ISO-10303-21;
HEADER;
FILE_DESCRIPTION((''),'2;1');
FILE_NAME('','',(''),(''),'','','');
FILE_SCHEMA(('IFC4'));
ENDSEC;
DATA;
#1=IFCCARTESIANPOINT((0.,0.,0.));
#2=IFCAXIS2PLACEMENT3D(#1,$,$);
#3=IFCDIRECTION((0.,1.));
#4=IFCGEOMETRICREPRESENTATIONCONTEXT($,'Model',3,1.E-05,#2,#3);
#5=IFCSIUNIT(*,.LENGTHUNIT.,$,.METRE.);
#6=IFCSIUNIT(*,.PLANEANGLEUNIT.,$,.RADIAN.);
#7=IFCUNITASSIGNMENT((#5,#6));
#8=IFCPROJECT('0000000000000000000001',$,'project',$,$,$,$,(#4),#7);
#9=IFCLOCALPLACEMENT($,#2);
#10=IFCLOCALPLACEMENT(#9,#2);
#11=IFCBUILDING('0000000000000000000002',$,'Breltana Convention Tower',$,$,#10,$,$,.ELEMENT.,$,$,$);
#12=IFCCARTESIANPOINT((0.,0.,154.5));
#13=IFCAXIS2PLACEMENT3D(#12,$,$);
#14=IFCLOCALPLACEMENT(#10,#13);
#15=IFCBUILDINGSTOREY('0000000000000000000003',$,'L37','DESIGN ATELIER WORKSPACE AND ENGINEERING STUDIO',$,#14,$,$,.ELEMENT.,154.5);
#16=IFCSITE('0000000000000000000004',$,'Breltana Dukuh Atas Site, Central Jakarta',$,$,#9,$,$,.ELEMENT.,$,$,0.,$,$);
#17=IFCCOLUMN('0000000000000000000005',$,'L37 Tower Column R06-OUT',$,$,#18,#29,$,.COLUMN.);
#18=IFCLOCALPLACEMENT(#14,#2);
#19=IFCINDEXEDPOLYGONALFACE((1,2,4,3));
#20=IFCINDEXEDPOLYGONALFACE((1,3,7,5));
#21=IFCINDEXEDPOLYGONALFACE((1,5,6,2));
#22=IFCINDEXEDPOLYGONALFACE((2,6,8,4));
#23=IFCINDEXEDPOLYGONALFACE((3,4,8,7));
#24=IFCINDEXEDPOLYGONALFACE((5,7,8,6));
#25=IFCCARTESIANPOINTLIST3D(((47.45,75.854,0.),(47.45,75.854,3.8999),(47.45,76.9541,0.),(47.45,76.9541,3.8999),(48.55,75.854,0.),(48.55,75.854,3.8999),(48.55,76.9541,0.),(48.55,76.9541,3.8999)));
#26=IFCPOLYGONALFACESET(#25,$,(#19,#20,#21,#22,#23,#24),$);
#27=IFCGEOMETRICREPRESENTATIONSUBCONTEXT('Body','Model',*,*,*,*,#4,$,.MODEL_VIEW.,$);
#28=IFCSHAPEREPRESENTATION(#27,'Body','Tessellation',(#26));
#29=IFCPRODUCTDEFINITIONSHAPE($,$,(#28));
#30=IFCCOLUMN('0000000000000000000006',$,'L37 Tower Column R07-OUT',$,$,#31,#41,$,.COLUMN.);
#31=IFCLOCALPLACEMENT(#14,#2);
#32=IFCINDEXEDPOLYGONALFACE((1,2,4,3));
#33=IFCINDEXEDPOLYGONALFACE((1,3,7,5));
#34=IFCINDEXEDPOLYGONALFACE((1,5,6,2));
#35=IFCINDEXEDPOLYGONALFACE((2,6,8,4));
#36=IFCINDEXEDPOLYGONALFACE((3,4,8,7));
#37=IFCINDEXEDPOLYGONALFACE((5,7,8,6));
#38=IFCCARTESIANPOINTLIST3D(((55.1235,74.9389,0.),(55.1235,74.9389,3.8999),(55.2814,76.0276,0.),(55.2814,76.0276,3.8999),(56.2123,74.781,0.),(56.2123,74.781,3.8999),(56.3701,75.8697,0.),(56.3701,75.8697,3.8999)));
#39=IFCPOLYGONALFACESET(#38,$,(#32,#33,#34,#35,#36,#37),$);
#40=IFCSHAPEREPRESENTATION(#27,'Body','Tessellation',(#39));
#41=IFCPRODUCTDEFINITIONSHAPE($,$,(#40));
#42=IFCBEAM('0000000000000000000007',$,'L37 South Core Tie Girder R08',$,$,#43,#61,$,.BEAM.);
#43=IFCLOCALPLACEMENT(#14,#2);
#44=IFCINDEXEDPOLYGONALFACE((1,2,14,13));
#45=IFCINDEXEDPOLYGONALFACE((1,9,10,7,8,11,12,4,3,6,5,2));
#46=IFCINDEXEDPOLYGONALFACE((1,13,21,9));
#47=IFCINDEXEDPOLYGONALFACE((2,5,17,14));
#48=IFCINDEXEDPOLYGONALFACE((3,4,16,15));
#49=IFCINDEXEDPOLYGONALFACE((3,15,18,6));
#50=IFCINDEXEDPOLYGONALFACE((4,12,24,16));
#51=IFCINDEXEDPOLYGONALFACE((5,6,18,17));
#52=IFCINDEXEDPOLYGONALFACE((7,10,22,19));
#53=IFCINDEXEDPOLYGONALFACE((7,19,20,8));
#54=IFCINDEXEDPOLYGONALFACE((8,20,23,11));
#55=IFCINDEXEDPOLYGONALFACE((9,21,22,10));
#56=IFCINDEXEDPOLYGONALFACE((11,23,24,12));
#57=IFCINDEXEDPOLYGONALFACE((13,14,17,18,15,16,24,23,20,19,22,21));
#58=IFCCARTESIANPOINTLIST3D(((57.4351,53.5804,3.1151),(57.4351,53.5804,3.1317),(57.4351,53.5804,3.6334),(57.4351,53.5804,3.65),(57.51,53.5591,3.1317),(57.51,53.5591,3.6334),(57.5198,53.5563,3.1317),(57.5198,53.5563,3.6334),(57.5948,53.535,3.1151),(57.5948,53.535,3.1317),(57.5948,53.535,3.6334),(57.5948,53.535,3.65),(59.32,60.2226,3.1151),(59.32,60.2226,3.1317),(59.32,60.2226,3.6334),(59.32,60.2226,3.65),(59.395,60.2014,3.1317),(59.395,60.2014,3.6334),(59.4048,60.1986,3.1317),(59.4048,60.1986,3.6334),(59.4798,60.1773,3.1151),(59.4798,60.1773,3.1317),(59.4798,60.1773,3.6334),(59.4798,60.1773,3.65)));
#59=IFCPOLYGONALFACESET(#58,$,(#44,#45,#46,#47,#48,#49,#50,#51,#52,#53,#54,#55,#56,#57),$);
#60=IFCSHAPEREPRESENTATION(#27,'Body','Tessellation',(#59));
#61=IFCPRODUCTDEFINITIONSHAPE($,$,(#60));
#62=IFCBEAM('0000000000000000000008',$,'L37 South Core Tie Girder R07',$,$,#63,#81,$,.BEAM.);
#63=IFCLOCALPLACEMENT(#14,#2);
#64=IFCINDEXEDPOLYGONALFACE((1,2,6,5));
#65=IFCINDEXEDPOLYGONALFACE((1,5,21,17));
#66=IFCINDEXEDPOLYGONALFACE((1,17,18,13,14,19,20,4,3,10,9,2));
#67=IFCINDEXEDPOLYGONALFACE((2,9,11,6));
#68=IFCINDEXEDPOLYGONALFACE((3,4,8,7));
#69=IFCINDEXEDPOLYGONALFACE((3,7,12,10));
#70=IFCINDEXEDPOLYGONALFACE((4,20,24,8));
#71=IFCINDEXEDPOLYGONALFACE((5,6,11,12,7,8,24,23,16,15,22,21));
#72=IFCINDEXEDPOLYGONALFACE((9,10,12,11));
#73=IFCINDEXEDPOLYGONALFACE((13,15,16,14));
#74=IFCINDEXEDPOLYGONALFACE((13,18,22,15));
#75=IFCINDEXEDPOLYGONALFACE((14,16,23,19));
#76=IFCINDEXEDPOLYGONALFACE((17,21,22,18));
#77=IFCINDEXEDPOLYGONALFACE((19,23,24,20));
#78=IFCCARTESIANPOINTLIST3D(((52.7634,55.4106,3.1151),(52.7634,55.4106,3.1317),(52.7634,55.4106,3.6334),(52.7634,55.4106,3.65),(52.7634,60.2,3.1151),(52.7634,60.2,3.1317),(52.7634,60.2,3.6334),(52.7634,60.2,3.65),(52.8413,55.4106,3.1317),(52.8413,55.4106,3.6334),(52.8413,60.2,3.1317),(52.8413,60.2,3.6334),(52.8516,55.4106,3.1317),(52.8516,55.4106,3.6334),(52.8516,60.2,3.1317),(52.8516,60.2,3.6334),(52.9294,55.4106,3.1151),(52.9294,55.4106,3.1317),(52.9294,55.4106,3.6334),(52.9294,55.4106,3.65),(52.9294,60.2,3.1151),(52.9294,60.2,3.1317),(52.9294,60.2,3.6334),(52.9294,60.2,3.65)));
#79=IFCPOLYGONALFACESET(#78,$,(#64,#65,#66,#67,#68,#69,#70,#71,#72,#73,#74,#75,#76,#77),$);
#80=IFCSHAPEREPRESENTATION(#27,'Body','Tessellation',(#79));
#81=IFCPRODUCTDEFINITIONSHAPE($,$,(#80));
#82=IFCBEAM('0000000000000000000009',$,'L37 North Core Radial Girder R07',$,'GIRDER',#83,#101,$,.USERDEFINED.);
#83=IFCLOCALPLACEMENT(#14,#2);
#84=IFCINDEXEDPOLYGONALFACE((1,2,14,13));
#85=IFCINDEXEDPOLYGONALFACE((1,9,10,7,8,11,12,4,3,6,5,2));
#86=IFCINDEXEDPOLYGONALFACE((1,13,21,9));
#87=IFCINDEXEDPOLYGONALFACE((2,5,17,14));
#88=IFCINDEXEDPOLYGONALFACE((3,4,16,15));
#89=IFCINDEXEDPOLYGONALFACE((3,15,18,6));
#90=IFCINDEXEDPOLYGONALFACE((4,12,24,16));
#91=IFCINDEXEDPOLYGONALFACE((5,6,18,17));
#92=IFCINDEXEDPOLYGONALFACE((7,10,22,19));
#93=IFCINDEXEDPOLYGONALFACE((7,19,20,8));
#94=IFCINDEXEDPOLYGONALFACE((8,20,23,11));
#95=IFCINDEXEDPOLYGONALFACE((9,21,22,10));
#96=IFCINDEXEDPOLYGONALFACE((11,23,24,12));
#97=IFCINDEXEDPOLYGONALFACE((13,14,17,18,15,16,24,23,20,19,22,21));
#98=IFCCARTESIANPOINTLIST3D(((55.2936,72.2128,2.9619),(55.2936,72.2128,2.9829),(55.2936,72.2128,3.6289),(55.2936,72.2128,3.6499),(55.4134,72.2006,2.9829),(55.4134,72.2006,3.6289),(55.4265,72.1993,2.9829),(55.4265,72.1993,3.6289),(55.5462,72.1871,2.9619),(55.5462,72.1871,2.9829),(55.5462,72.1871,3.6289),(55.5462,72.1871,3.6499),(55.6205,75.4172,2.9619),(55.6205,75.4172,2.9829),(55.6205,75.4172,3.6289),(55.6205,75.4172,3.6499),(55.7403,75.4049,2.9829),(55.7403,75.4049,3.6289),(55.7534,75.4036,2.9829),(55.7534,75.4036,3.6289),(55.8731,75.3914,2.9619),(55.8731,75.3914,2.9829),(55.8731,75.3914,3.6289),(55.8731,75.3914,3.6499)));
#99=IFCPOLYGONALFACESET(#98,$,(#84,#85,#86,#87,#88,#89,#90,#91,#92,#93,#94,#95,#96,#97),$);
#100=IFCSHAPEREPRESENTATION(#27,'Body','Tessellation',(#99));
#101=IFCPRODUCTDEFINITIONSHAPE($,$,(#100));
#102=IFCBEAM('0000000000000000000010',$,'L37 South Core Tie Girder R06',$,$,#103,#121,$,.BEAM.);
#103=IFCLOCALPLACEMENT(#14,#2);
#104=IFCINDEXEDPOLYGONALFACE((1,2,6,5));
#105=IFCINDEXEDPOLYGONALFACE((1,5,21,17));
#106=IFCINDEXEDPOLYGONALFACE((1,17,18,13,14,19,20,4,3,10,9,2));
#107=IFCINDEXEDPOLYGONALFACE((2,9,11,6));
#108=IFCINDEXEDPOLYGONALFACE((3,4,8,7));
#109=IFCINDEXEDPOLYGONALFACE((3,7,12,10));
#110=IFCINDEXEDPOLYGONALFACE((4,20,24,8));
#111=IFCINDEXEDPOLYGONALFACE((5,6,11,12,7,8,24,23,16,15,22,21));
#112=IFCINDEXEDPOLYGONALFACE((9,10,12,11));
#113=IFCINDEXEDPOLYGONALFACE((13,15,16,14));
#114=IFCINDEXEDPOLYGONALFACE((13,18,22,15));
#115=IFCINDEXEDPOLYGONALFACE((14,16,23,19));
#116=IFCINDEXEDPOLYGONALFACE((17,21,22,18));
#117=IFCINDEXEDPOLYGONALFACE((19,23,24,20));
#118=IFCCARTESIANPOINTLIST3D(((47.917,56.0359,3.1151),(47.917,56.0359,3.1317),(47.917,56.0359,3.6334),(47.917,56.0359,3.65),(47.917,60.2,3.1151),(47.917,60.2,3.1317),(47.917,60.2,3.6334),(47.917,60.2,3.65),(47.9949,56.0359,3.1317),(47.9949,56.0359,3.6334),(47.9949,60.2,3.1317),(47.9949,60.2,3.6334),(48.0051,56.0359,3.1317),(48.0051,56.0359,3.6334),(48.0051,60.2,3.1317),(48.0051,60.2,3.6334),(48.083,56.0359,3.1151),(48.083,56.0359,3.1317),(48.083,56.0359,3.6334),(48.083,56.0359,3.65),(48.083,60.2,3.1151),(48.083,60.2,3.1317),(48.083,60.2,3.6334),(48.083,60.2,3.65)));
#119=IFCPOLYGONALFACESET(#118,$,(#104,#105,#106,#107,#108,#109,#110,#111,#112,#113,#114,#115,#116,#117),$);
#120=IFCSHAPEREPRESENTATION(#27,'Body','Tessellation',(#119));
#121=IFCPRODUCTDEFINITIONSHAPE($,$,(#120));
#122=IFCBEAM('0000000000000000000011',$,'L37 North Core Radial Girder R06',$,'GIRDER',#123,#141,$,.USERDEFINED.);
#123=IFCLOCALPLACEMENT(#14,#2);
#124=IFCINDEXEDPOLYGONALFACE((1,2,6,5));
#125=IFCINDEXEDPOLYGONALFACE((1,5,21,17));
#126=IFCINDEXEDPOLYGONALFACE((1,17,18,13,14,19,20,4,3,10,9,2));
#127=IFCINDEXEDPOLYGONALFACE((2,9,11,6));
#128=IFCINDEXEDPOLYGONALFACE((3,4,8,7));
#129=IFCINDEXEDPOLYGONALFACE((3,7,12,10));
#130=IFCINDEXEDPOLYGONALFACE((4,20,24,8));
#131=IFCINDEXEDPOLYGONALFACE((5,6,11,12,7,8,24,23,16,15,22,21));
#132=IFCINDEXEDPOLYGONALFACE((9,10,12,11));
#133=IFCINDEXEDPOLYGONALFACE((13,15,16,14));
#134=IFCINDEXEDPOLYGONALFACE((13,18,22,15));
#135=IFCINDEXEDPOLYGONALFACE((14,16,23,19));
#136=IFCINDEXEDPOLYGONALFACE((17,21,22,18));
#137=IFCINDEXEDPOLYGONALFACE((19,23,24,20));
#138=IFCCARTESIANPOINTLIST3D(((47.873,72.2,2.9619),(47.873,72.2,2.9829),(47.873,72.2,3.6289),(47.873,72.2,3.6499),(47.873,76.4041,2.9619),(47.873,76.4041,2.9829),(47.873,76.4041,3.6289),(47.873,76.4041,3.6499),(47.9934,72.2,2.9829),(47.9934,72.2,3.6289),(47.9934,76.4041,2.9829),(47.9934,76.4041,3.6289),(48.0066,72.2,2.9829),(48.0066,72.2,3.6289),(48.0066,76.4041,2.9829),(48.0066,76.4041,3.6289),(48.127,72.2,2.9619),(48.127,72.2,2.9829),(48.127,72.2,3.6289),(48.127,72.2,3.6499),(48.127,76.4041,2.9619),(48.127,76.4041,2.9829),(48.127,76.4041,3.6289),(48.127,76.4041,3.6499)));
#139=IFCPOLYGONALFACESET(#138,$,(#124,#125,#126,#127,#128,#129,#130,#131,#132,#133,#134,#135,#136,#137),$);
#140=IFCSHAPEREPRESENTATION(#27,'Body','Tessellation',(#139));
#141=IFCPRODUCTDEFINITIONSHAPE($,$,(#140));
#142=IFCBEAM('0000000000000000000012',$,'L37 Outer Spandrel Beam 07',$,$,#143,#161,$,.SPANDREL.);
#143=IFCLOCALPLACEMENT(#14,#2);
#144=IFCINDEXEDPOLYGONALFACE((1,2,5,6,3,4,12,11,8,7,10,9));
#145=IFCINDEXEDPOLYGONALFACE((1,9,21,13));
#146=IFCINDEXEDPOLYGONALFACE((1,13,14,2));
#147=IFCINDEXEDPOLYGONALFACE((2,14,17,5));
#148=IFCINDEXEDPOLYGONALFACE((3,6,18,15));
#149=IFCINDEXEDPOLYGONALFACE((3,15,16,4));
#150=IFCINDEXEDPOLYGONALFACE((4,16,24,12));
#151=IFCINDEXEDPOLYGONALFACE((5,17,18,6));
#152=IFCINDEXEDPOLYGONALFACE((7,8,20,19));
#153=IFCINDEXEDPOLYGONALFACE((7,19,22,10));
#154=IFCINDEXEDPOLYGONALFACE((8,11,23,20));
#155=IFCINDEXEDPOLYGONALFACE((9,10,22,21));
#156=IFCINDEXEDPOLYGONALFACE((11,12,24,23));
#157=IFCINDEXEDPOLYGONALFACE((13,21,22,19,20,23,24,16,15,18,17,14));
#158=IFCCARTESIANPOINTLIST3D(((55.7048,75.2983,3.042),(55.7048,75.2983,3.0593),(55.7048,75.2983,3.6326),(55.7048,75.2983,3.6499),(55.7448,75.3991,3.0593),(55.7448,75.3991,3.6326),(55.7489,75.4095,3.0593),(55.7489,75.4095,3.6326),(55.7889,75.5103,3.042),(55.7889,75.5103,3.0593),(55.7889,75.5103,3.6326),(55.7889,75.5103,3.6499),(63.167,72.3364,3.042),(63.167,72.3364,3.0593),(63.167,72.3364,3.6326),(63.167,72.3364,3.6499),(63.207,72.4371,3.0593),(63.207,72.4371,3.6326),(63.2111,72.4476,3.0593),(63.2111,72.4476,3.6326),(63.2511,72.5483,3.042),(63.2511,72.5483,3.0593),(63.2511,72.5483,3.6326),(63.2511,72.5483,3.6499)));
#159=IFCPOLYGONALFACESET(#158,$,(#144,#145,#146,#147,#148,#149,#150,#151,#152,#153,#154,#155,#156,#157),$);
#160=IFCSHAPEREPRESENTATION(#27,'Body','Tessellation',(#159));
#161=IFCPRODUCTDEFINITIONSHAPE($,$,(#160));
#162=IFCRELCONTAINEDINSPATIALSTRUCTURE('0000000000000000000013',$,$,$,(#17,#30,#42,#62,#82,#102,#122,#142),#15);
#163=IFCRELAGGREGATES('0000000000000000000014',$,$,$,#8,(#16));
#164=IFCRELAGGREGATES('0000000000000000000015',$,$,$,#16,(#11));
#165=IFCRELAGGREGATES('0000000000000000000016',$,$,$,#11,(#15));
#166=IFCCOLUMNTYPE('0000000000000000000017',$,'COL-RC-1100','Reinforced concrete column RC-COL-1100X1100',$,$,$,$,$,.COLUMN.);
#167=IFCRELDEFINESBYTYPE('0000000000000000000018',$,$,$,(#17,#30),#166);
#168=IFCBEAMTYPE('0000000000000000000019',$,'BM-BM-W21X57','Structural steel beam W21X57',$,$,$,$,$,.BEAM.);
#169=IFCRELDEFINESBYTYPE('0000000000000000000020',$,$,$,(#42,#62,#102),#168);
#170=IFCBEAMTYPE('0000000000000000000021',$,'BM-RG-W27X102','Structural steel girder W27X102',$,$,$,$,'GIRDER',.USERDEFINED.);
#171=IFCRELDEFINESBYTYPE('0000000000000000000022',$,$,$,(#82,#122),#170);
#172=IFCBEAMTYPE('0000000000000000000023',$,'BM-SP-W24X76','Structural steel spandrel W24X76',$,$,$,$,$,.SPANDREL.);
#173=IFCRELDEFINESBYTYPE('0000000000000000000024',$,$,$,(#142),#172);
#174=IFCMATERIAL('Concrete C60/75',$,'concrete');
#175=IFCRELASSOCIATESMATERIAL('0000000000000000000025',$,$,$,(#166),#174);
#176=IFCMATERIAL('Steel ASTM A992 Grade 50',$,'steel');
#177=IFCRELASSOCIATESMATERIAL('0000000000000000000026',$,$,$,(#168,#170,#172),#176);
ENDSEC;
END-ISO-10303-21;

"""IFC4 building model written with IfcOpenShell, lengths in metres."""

from ifc_helpers import new_model, si_unit, direction, frame, origin, origin_2d, place, context, subcontext, project, spatial, rectangle, i_section, extrude, source, transform, mapped, material, material_profile, profile_set, type_object, type_shapes, element, save


model = new_model("IFC4")

# Units and contexts
model_context = context("Model", 3, precision=1e-05, world=origin(), true_north=direction((0.0, 1.0)))
body_context = subcontext(model_context, "Body", "Model", "MODEL_VIEW")
ifc_project = project(units=[si_unit("LENGTHUNIT", "METRE"), si_unit("PLANEANGLEUNIT", "RADIAN")], contexts=[model_context])

# Site, building, storey
site_placement = place(None, origin())
site = spatial("IfcSite", under=ifc_project, at=site_placement, Name="Breltana Dukuh Atas Site, Central Jakarta", CompositionType="ELEMENT", RefElevation=0.0)
building_placement = place(site_placement, origin())
building = spatial("IfcBuilding", under=site, at=building_placement, Name="Breltana Convention Tower", CompositionType="ELEMENT")
storey_placement = place(building_placement, frame((0.0, 0.0, 154.5)))
storey = spatial("IfcBuildingStorey", under=building, at=storey_placement, Name="L37", Description="DESIGN ATELIER WORKSPACE AND ENGINEERING STUDIO", CompositionType="ELEMENT", Elevation=154.5)

# Columns
ifc_material_1 = material(Name="Concrete C60/75", Category="concrete")
ifc_material_profile_1 = material_profile(ifc_material_1, rectangle(XDim=1.1001, YDim=1.1001, at=origin_2d()), Name="RC-COL-1100X1100")
ifc_profile_set_1 = profile_set([ifc_material_profile_1], Name="Concrete C60/75")
column_type = type_object("IfcColumnType", Name="COL-RC-1100", Description="Reinforced concrete column RC-COL-1100X1100", PredefinedType="COLUMN", material=ifc_profile_set_1)
shared_shape_1 = source(origin(), body_context, "Body", "SweptSolid", [
    extrude(rectangle(XDim=1.1001, YDim=1.1001, at=origin_2d()), origin(), (0.0, 0.0, 1.0), 3.8999),
])
for number, where, z_axis, x_axis, name in (
    (1, (48.0, 76.4041, 0.0), (0.0, 0.0, 1.0), (0.0, 1.0, 0.0), "L37 Tower Column R06-OUT"),
    (2, (55.7468, 75.4043, 0.0), (0.0, 0.0, 1.0), (0.143493, 0.989651, 0.0), "L37 Tower Column R07-OUT"),
):
    element("IfcColumn", number, at=place(storey_placement, frame(where, z_axis=z_axis, x_axis=x_axis)), inside=storey, type_object=column_type, Name=name, PredefinedType="COLUMN", context=body_context, shape_type="MappedRepresentation", body=[
        mapped(shared_shape_1, transform((0.0, 0.0, 0.0), scale=1.0)),
    ])

# Beams
ifc_material_2 = material(Name="Steel ASTM A992 Grade 50", Category="steel")
ifc_material_profile_2 = material_profile(ifc_material_2, i_section(OverallWidth=0.166, OverallDepth=0.5349, WebThickness=0.0103, FlangeThickness=0.0166, at=origin_2d()), Name="W21X57")
ifc_profile_set_2 = profile_set([ifc_material_profile_2], Name="Steel ASTM A992 Grade 50")
beam_type_1 = type_object("IfcBeamType", Name="BM-BM-W21X57", Description="Structural steel beam W21X57", PredefinedType="BEAM", material=ifc_profile_set_2)
shared_shape_2 = source(origin(), body_context, "Body", "SweptSolid", [
    extrude(i_section(OverallWidth=0.166, OverallDepth=0.5349, WebThickness=0.0103, FlangeThickness=0.0166, at=origin_2d()), origin(), (0.0, 0.0, 1.0), 6.9045),
])
type_shapes(beam_type_1, [shared_shape_2])
beam_1_placement = place(storey_placement, frame((59.3999, 60.2, 3.3826), z_axis=(-0.273007, -0.962012, 0.0), x_axis=(0.962012, -0.273007, 0.0)))
element("IfcBeam", 3, at=beam_1_placement, inside=storey, type_object=beam_type_1, Name="L37 South Core Tie Girder R08", PredefinedType="BEAM", context=body_context, shape_type="MappedRepresentation", body=[
    mapped(shared_shape_2, transform((0.0, 0.0, 0.0), scale=1.0)),
])
shared_shape_3 = source(origin(), body_context, "Body", "SweptSolid", [
    extrude(i_section(OverallWidth=0.166, OverallDepth=0.5349, WebThickness=0.0103, FlangeThickness=0.0166, at=origin_2d()), origin(), (0.0, 0.0, 1.0), 4.7893),
])
beam_2_placement = place(storey_placement, frame((52.8464, 60.2, 3.3826), z_axis=(0.0, -1.0, 0.0), x_axis=(1.0, 0.0, 0.0)))
element("IfcBeam", 4, at=beam_2_placement, inside=storey, type_object=beam_type_1, Name="L37 South Core Tie Girder R07", PredefinedType="BEAM", context=body_context, shape_type="MappedRepresentation", body=[
    mapped(shared_shape_3, transform((0.0, 0.0, 0.0), scale=1.0)),
])
ifc_material_profile_3 = material_profile(ifc_material_2, i_section(OverallWidth=0.2539, OverallDepth=0.688, WebThickness=0.0132, FlangeThickness=0.021, at=origin_2d()), Name="W27X102")
ifc_profile_set_3 = profile_set([ifc_material_profile_3], Name="Steel ASTM A992 Grade 50")
beam_type_2 = type_object("IfcBeamType", Name="BM-RG-W27X102", Description="Structural steel girder W27X102", ElementType="GIRDER", PredefinedType="USERDEFINED", material=ifc_profile_set_3)
shared_shape_4 = source(origin(), body_context, "Body", "SweptSolid", [
    extrude(i_section(OverallWidth=0.2539, OverallDepth=0.688, WebThickness=0.0132, FlangeThickness=0.021, at=origin_2d()), origin(), (0.0, 0.0, 1.0), 3.2209),
])
beam_3_placement = place(storey_placement, frame((55.4199, 72.2, 3.3059), z_axis=(0.101492, 0.994836, 0.0), x_axis=(-0.994836, 0.101492, 0.0)))
element("IfcBeam", 5, at=beam_3_placement, inside=storey, type_object=beam_type_2, Name="L37 North Core Radial Girder R07", ObjectType="GIRDER", PredefinedType="USERDEFINED", context=body_context, shape_type="MappedRepresentation", body=[
    mapped(shared_shape_4, transform((0.0, 0.0, 0.0), scale=1.0)),
])
shared_shape_5 = source(origin(), body_context, "Body", "SweptSolid", [
    extrude(i_section(OverallWidth=0.166, OverallDepth=0.5349, WebThickness=0.0103, FlangeThickness=0.0166, at=origin_2d()), origin(), (0.0, 0.0, 1.0), 4.1641),
])
beam_4_placement = place(storey_placement, frame((48.0, 60.2, 3.3826), z_axis=(0.0, -1.0, 0.0), x_axis=(1.0, 0.0, 0.0)))
element("IfcBeam", 6, at=beam_4_placement, inside=storey, type_object=beam_type_1, Name="L37 South Core Tie Girder R06", PredefinedType="BEAM", context=body_context, shape_type="MappedRepresentation", body=[
    mapped(shared_shape_5, transform((0.0, 0.0, 0.0), scale=1.0)),
])
shared_shape_6 = source(origin(), body_context, "Body", "SweptSolid", [
    extrude(i_section(OverallWidth=0.2539, OverallDepth=0.688, WebThickness=0.0132, FlangeThickness=0.021, at=origin_2d()), origin(), (0.0, 0.0, 1.0), 4.2041),
])
beam_5_placement = place(storey_placement, frame((48.0, 72.2, 3.3059), z_axis=(0.0, 1.0, 0.0), x_axis=(-1.0, 0.0, 0.0)))
element("IfcBeam", 7, at=beam_5_placement, inside=storey, type_object=beam_type_2, Name="L37 North Core Radial Girder R06", ObjectType="GIRDER", PredefinedType="USERDEFINED", context=body_context, shape_type="MappedRepresentation", body=[
    mapped(shared_shape_6, transform((0.0, 0.0, 0.0), scale=1.0)),
])
ifc_material_profile_4 = material_profile(ifc_material_2, i_section(OverallWidth=0.228, OverallDepth=0.6079, WebThickness=0.0112, FlangeThickness=0.0173, at=origin_2d()), Name="W24X76")
ifc_profile_set_4 = profile_set([ifc_material_profile_4], Name="Steel ASTM A992 Grade 50")
beam_type_3 = type_object("IfcBeamType", Name="BM-SP-W24X76", Description="Structural steel spandrel W24X76", PredefinedType="SPANDREL", material=ifc_profile_set_4)
shared_shape_7 = source(origin(), body_context, "Body", "SweptSolid", [
    extrude(i_section(OverallWidth=0.228, OverallDepth=0.6079, WebThickness=0.0112, FlangeThickness=0.0173, at=origin_2d()), origin(), (0.0, 0.0, 1.0), 8.0286),
])
beam_6_placement = place(storey_placement, frame((55.7468, 75.4043, 3.3459), z_axis=(0.929459, -0.368925, 0.0), x_axis=(0.368925, 0.929459, 0.0)))
element("IfcBeam", 8, at=beam_6_placement, inside=storey, type_object=beam_type_3, Name="L37 Outer Spandrel Beam 07", PredefinedType="SPANDREL", context=body_context, shape_type="MappedRepresentation", body=[
    mapped(shared_shape_7, transform((0.0, 0.0, 0.0), scale=1.0)),
])

save(model, "model.ifc")
